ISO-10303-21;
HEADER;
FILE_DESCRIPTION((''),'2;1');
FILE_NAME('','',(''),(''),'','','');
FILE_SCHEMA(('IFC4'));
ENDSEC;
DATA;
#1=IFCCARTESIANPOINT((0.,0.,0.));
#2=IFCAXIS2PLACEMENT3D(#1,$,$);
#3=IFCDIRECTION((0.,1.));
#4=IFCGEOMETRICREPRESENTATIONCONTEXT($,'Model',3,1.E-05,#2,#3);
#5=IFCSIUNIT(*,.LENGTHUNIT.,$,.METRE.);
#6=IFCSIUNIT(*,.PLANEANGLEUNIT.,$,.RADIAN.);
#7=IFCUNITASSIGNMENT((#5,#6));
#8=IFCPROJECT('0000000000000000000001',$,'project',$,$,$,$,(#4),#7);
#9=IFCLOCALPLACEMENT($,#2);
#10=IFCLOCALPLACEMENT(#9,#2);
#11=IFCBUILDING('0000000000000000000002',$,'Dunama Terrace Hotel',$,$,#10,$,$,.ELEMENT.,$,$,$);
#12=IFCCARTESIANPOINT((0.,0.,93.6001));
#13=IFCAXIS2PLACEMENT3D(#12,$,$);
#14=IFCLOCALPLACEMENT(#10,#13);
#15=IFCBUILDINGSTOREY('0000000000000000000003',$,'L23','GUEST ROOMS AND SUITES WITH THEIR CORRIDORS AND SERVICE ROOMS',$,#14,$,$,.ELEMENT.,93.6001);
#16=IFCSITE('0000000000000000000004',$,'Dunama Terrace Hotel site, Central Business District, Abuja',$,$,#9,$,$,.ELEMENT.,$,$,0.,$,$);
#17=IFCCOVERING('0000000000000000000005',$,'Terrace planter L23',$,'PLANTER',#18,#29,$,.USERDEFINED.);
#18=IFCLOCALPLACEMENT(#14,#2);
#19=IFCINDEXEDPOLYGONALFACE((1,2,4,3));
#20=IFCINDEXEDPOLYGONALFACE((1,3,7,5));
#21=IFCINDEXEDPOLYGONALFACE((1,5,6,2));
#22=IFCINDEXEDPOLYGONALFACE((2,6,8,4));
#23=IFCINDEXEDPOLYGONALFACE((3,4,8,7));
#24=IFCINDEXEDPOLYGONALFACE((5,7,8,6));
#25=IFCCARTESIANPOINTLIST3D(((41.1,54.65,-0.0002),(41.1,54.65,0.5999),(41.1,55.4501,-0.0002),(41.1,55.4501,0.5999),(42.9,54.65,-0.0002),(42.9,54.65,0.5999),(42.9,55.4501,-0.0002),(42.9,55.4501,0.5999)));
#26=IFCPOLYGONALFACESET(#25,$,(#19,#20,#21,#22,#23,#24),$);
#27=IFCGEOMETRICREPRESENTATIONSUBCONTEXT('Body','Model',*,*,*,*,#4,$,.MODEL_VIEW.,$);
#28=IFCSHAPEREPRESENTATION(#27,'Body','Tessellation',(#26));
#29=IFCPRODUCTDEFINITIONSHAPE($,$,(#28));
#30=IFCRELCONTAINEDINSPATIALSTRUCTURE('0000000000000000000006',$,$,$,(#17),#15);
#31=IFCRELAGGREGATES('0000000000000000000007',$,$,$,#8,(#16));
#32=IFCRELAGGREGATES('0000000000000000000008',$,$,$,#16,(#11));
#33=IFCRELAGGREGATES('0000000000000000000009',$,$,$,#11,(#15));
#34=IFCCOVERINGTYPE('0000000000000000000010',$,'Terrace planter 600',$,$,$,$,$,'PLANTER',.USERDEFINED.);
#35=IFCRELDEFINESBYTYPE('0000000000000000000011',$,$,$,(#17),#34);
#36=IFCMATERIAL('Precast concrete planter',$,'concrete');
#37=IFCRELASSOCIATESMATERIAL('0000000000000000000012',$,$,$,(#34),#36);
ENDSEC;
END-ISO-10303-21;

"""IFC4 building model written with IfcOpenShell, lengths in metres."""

from ifc_helpers import new_model, si_unit, direction, frame, origin, origin_2d, place, context, subcontext, project, spatial, rectangle, extrude, material, type_object, element, save


model = new_model("IFC4")

# Units and contexts
model_context = context("Model", 3, precision=1e-05, world=origin(), true_north=direction((0.0, 1.0)))
body_context = subcontext(model_context, "Body", "Model", "MODEL_VIEW")
ifc_project = project(units=[si_unit("LENGTHUNIT", "METRE"), si_unit("PLANEANGLEUNIT", "RADIAN")], contexts=[model_context])

# Site, building, storey
site_placement = place(None, origin())
site = spatial("IfcSite", under=ifc_project, at=site_placement, Name="Dunama Terrace Hotel site, Central Business District, Abuja", CompositionType="ELEMENT", RefElevation=0.0)
building_placement = place(site_placement, origin())
building = spatial("IfcBuilding", under=site, at=building_placement, Name="Dunama Terrace Hotel", CompositionType="ELEMENT")
storey_placement = place(building_placement, frame((0.0, 0.0, 93.6001)))
storey = spatial("IfcBuildingStorey", under=building, at=storey_placement, Name="L23", Description="GUEST ROOMS AND SUITES WITH THEIR CORRIDORS AND SERVICE ROOMS", CompositionType="ELEMENT", Elevation=93.6001)

# Covering
ifc_material_1 = material(Name="Precast concrete planter", Category="concrete")
covering_type = type_object("IfcCoveringType", Name="Terrace planter 600", ElementType="PLANTER", PredefinedType="USERDEFINED", material=ifc_material_1)
covering_placement = place(storey_placement, frame((42.0, 55.05, -0.0002), z_axis=(0.0, 0.0, 1.0), x_axis=(1.0, 0.0, 0.0)))
element("IfcCovering", 1, at=covering_placement, inside=storey, type_object=covering_type, Name="Terrace planter L23", ObjectType="PLANTER", PredefinedType="USERDEFINED", context=body_context, shape_type="SweptSolid", body=[
    extrude(rectangle(XDim=1.8, YDim=0.8, at=origin_2d()), origin(), (0.0, 0.0, 1.0), 0.6001),
])

save(model, "model.ifc")
